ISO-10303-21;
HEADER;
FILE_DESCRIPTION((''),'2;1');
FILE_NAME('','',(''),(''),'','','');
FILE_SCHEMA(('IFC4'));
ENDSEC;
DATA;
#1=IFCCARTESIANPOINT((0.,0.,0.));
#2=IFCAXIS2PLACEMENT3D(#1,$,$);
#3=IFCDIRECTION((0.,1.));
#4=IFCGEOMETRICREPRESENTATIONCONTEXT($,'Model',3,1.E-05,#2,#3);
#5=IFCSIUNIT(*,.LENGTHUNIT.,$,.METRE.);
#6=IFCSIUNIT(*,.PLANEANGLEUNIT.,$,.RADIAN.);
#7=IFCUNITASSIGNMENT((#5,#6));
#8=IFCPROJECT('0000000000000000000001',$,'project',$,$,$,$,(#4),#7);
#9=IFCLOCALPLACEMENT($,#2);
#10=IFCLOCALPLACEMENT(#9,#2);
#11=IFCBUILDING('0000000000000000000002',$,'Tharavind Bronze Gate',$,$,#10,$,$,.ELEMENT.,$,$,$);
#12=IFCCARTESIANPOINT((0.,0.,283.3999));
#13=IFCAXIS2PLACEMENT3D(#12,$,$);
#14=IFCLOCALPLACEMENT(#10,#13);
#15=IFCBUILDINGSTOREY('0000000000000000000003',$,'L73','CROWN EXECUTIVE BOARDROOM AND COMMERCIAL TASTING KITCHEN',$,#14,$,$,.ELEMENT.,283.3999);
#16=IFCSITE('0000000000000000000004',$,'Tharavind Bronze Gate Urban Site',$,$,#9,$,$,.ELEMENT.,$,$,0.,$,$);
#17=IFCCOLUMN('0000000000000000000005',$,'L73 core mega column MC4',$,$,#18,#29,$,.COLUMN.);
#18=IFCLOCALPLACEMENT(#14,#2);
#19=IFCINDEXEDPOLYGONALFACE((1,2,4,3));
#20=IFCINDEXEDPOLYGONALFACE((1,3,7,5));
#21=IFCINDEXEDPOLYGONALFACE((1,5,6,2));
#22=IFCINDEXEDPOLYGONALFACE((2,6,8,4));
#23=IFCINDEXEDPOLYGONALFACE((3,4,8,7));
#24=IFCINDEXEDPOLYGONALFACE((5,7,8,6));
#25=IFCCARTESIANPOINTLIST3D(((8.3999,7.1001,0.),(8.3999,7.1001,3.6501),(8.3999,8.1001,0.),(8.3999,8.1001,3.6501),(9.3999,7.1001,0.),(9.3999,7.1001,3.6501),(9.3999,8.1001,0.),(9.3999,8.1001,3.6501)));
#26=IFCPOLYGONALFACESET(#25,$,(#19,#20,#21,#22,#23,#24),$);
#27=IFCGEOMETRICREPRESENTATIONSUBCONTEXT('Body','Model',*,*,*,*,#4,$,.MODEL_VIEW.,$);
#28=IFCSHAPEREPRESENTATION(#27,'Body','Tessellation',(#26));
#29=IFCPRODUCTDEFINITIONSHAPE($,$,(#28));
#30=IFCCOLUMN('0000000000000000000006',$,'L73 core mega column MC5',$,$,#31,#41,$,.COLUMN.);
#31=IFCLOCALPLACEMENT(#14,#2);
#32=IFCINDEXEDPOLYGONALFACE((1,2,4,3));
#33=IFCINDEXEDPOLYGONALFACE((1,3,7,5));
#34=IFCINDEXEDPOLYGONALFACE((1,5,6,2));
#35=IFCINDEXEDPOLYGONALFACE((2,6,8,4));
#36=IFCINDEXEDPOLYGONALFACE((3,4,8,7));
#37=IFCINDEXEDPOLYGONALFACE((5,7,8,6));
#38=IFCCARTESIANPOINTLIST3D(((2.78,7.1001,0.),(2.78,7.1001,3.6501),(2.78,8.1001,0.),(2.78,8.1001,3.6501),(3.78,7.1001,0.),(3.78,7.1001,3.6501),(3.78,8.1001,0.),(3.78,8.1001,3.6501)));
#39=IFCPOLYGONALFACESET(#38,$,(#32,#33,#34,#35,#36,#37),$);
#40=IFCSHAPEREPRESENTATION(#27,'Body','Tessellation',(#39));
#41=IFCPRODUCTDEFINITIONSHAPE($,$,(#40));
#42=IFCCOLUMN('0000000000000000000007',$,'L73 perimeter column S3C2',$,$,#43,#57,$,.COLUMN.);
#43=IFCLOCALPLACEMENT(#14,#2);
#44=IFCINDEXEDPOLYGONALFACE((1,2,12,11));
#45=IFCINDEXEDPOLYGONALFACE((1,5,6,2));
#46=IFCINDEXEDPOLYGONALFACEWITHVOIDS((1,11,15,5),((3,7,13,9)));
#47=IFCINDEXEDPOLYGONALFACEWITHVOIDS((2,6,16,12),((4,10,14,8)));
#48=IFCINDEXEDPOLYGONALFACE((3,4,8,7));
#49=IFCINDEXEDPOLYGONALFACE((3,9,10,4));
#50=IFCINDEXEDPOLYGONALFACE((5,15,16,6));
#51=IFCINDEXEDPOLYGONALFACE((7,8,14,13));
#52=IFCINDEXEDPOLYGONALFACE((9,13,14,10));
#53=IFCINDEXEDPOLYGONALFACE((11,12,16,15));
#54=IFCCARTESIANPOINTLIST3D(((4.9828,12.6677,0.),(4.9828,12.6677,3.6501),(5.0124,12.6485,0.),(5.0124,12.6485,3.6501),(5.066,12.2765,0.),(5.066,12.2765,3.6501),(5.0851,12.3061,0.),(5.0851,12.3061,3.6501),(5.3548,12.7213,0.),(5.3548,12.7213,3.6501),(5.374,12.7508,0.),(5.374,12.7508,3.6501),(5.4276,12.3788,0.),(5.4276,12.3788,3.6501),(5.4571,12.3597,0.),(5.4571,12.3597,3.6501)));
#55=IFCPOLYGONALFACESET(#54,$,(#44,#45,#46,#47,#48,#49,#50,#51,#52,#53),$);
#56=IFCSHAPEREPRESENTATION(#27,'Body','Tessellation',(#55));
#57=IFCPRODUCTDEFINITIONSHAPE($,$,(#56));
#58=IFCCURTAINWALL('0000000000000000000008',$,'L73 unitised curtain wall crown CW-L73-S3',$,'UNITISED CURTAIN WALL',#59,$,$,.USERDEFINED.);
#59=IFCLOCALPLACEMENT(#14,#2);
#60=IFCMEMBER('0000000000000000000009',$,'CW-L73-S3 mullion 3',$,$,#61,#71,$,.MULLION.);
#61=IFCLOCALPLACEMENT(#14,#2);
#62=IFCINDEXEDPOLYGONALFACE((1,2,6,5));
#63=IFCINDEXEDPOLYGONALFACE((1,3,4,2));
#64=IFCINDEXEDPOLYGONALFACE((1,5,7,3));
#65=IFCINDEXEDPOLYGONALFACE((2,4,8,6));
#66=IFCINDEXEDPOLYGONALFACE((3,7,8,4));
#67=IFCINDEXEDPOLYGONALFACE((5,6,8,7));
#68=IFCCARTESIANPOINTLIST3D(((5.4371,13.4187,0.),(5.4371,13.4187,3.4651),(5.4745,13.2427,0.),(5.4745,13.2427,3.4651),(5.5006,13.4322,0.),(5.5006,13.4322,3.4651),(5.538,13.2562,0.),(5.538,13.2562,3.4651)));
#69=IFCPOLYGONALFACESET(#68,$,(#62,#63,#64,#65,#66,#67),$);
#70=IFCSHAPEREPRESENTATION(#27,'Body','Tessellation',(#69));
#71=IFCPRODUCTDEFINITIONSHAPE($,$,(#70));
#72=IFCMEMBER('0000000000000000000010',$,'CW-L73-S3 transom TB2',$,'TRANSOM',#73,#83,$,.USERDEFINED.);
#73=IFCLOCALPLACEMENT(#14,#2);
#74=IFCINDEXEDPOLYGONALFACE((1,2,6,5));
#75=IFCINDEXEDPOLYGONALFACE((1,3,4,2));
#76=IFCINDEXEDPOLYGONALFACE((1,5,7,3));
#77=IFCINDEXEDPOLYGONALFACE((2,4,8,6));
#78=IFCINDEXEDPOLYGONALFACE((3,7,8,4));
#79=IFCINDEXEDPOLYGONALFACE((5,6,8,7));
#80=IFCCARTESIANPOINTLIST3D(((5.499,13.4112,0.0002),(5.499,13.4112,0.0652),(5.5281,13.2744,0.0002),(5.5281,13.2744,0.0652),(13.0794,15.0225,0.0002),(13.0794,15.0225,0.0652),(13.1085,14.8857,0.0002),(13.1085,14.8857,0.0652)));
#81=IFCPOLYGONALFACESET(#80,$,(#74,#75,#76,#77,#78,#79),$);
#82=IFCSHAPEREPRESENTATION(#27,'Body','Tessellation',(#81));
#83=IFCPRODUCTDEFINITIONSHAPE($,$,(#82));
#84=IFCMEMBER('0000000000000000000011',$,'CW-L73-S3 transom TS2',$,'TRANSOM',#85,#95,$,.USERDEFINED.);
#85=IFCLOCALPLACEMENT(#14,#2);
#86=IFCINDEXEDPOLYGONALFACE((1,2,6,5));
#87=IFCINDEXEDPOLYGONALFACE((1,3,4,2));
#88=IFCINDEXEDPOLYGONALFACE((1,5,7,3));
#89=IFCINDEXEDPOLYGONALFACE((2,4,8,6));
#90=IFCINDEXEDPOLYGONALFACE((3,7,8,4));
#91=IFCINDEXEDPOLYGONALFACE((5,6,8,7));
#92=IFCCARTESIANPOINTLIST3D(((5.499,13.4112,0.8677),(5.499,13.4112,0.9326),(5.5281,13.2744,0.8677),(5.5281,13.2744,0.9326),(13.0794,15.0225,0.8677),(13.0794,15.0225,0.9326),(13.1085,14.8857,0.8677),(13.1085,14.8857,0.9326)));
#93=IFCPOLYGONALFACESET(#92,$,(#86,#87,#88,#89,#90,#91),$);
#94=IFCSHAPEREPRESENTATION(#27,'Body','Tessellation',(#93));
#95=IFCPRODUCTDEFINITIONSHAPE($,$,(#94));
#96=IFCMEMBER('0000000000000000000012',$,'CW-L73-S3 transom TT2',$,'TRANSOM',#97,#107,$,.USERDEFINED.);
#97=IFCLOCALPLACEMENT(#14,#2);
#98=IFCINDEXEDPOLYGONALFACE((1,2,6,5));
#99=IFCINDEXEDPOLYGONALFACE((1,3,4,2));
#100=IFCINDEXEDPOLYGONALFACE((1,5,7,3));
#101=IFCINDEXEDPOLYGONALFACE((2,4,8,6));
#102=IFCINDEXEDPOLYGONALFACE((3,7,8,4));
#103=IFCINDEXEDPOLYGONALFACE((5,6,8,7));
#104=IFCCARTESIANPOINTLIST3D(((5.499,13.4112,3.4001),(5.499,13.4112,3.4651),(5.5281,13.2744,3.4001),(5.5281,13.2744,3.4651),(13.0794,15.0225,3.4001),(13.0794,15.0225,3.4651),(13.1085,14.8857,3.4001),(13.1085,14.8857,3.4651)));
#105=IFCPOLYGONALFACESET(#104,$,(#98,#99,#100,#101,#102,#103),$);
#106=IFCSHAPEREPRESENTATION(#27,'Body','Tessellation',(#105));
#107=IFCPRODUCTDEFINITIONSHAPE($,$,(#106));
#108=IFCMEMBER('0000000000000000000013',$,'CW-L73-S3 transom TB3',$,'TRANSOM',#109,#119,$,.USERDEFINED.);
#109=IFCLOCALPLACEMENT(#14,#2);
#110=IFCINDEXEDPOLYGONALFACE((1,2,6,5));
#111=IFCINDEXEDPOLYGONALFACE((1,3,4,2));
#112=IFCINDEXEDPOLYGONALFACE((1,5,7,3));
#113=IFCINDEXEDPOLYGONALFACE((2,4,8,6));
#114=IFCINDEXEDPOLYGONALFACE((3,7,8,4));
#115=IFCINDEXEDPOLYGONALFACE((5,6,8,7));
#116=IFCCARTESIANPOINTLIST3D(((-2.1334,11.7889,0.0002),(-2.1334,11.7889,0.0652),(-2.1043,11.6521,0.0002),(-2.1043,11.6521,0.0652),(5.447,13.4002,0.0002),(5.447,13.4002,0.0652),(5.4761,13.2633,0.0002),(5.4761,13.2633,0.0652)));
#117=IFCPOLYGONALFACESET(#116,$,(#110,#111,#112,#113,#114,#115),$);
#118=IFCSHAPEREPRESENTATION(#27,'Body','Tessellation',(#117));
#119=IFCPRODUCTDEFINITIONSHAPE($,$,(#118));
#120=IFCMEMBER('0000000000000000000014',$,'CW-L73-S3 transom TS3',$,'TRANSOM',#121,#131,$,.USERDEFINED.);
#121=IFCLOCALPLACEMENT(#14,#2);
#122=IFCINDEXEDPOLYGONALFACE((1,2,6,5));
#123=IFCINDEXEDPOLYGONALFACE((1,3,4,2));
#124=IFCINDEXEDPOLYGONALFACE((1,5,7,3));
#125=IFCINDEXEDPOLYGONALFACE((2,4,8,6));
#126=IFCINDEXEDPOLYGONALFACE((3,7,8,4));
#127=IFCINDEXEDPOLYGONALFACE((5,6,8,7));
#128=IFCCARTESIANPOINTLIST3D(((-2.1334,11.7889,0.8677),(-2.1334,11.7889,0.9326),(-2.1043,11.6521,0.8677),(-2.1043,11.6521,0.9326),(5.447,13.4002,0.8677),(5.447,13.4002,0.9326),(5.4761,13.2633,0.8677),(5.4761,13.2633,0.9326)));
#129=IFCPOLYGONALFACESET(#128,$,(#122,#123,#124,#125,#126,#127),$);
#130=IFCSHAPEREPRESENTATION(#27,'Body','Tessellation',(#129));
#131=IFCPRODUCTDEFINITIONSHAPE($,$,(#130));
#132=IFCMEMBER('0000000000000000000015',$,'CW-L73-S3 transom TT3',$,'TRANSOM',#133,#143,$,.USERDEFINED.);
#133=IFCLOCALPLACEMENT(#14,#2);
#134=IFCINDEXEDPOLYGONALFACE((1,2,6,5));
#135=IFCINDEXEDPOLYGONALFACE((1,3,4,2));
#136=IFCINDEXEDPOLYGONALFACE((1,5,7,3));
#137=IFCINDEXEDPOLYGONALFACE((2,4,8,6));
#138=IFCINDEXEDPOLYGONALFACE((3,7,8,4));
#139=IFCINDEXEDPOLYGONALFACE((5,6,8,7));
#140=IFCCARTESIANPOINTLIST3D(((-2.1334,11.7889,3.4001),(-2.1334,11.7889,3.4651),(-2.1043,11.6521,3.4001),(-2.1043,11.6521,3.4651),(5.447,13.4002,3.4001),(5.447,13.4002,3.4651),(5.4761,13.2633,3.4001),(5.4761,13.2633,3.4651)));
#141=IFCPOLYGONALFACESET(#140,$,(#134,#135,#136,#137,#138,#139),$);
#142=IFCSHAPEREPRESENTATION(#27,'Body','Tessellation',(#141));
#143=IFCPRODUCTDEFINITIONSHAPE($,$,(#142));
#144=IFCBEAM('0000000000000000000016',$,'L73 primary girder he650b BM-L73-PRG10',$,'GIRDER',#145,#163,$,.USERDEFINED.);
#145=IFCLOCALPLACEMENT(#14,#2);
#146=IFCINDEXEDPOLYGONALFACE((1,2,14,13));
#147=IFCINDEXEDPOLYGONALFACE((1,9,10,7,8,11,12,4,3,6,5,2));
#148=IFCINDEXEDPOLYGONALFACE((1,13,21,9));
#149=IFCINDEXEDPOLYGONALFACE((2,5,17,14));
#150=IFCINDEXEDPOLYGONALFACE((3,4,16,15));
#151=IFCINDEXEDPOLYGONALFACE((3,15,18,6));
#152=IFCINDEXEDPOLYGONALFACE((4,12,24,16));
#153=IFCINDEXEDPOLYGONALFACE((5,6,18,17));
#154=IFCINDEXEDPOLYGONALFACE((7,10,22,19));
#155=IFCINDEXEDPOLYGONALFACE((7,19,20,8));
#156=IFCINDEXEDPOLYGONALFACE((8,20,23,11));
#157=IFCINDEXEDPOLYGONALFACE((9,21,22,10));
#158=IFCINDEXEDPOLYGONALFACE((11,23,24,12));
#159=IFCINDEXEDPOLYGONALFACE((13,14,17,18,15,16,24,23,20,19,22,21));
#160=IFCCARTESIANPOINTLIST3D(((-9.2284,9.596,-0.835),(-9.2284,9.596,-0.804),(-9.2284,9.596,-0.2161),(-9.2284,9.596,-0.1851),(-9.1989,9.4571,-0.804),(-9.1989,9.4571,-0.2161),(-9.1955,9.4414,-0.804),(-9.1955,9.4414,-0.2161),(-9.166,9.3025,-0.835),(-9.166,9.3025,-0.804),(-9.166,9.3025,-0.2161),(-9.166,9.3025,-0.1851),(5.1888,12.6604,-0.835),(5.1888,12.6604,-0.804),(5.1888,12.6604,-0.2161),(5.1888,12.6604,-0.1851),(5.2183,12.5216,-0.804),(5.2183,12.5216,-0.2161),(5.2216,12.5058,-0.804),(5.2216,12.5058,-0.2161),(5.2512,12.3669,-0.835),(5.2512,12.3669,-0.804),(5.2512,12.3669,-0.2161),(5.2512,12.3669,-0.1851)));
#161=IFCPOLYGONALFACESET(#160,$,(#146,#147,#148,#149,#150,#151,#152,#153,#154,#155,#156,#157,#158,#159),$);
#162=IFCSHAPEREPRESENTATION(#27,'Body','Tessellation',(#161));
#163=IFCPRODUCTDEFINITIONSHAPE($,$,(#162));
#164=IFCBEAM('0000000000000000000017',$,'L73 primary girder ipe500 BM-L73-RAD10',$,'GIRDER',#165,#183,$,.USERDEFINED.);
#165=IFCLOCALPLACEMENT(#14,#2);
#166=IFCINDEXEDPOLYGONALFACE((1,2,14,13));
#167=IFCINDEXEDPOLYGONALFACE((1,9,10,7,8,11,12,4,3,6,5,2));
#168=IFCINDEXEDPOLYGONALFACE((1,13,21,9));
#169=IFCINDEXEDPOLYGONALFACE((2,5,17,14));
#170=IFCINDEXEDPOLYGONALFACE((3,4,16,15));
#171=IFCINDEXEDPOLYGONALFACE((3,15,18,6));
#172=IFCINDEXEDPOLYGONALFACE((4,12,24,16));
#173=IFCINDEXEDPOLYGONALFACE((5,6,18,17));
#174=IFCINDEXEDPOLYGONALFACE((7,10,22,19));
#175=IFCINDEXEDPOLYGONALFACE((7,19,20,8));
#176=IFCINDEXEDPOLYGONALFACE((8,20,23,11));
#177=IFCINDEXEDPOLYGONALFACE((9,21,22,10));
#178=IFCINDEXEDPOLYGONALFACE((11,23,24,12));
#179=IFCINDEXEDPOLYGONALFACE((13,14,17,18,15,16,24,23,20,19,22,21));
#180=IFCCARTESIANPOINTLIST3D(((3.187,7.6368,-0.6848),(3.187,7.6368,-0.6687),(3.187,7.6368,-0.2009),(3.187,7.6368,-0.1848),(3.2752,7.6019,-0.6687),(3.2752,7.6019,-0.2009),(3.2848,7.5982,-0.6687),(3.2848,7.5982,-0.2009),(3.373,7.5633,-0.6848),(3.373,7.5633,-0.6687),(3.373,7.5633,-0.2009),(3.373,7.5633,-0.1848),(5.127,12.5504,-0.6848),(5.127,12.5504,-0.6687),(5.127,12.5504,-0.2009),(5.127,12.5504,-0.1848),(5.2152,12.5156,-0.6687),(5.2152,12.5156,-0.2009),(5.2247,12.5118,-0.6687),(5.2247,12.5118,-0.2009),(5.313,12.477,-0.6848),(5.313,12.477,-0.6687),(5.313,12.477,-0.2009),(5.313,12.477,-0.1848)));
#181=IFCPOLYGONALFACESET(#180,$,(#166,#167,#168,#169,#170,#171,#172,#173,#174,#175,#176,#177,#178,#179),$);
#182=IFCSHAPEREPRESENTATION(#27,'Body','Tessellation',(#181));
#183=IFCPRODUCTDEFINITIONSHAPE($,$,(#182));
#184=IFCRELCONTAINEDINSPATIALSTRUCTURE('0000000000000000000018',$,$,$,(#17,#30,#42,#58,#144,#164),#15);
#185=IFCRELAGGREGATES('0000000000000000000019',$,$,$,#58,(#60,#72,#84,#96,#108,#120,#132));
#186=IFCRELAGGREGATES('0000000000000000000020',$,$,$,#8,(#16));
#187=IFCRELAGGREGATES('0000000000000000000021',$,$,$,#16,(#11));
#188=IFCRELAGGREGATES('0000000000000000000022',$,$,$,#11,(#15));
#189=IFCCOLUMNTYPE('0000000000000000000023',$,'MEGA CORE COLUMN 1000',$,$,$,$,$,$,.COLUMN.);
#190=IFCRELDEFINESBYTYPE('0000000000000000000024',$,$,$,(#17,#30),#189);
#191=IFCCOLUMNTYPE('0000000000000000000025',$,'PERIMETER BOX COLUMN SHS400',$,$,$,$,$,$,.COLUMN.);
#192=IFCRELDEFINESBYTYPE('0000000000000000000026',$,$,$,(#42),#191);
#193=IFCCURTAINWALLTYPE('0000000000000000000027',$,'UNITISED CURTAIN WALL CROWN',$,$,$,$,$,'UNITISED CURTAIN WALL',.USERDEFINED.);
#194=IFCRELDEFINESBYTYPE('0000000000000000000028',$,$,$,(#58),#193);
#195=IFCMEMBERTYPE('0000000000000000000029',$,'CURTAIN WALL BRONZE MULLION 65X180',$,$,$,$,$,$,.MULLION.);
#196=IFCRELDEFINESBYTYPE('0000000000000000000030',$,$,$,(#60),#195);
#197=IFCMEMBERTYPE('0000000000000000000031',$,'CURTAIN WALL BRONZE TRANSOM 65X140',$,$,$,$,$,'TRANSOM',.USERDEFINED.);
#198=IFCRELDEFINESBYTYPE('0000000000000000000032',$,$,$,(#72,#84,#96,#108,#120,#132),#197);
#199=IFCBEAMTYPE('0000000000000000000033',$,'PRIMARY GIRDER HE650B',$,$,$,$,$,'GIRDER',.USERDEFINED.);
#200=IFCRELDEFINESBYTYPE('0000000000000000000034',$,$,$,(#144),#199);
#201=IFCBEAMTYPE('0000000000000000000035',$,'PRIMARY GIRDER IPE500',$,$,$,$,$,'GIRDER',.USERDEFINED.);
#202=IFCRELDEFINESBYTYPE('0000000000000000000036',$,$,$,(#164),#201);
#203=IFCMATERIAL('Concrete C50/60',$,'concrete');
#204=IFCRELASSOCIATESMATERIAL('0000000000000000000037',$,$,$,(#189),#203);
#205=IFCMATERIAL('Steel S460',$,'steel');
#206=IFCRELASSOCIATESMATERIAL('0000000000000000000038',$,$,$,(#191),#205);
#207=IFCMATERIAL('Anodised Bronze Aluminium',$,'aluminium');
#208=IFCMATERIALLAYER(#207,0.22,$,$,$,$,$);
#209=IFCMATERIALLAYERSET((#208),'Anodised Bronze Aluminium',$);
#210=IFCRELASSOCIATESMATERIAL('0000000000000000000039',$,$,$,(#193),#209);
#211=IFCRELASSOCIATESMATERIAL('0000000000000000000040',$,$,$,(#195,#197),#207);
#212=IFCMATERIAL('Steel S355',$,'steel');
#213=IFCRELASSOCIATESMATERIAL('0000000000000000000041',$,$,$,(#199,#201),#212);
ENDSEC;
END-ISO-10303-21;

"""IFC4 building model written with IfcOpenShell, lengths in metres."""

from ifc_helpers import new_model, si_unit, direction, frame, origin, origin_2d, place, context, subcontext, project, spatial, rectangle, hollow_rectangle, i_section, extrude, material, layer, layer_set, material_profile, profile_set, type_object, element, aggregate, save


model = new_model("IFC4")

# Units and contexts
model_context = context("Model", 3, precision=1e-05, world=origin(), true_north=direction((0.0, 1.0)))
body_context = subcontext(model_context, "Body", "Model", "MODEL_VIEW")
ifc_project = project(units=[si_unit("LENGTHUNIT", "METRE"), si_unit("PLANEANGLEUNIT", "RADIAN")], contexts=[model_context])

# Site, building, storey
site_placement = place(None, origin())
site = spatial("IfcSite", under=ifc_project, at=site_placement, Name="Tharavind Bronze Gate Urban Site", CompositionType="ELEMENT", RefElevation=0.0)
building_placement = place(site_placement, origin())
building = spatial("IfcBuilding", under=site, at=building_placement, Name="Tharavind Bronze Gate", CompositionType="ELEMENT")
storey_placement = place(building_placement, frame((0.0, 0.0, 283.3999)))
storey = spatial("IfcBuildingStorey", under=building, at=storey_placement, Name="L73", Description="CROWN EXECUTIVE BOARDROOM AND COMMERCIAL TASTING KITCHEN", CompositionType="ELEMENT", Elevation=283.3999)

# Columns
ifc_material_1 = material(Name="Concrete C50/60", Category="concrete")
ifc_material_profile_1 = material_profile(ifc_material_1, rectangle(XDim=1.0, YDim=1.0, at=origin_2d()), Name="RCCOL1000")
ifc_profile_set_1 = profile_set([ifc_material_profile_1], Name="Concrete C50/60")
column_type_1 = type_object("IfcColumnType", Name="MEGA CORE COLUMN 1000", PredefinedType="COLUMN", material=ifc_profile_set_1)
for number, where, z_axis, x_axis, name in (
    (1, (8.8999, 7.6001, 0.0), (0.0, 0.0, 1.0), (1.0, 0.0, 0.0), "L73 core mega column MC4"),
    (2, (3.28, 7.6001, 0.0), (0.0, 0.0, 1.0), (1.0, 0.0, 0.0), "L73 core mega column MC5"),
):
    element("IfcColumn", number, at=place(storey_placement, frame(where, z_axis=z_axis, x_axis=x_axis)), inside=storey, type_object=column_type_1, Name=name, PredefinedType="COLUMN", context=body_context, shape_type="SweptSolid", body=[
        extrude(rectangle(XDim=1.0, YDim=1.0, at=origin_2d()), origin(), (0.0, 0.0, 1.0), 3.6501),
    ])
ifc_material_2 = material(Name="Steel S460", Category="steel")
ifc_material_profile_2 = material_profile(ifc_material_2, hollow_rectangle(XDim=0.3999, YDim=0.3999, WallThickness=0.0249, at=origin_2d()), Name="SHS400X25")
ifc_profile_set_2 = profile_set([ifc_material_profile_2], Name="Steel S460")
column_type_2 = type_object("IfcColumnType", Name="PERIMETER BOX COLUMN SHS400", PredefinedType="COLUMN", material=ifc_profile_set_2)
column_placement = place(storey_placement, frame((5.22, 12.5137, 0.0), z_axis=(0.0, 0.0, 1.0), x_axis=(0.978147, 0.207913, 0.0)))
element("IfcColumn", 3, at=column_placement, inside=storey, type_object=column_type_2, Name="L73 perimeter column S3C2", PredefinedType="COLUMN", context=body_context, shape_type="SweptSolid", body=[
    extrude(hollow_rectangle(XDim=0.3999, YDim=0.3999, WallThickness=0.0249, at=origin_2d()), origin(), (0.0, 0.0, 1.0), 3.6501),
])

# Curtain wall, members
ifc_material_3 = material(Name="Anodised Bronze Aluminium", Category="aluminium")
ifc_layer_1 = layer(ifc_material_3, 0.22)
ifc_layer_set_1 = layer_set([ifc_layer_1], Name="Anodised Bronze Aluminium")
curtain_wall_type = type_object("IfcCurtainWallType", Name="UNITISED CURTAIN WALL CROWN", ElementType="UNITISED CURTAIN WALL", PredefinedType="USERDEFINED", material=ifc_layer_set_1)
curtain_wall_placement = place(storey_placement, origin())
curtain_wall = element("IfcCurtainWall", 4, at=curtain_wall_placement, inside=storey, type_object=curtain_wall_type, Name="L73 unitised curtain wall crown CW-L73-S3", ObjectType="UNITISED CURTAIN WALL", PredefinedType="USERDEFINED")
member_type_1 = type_object("IfcMemberType", Name="CURTAIN WALL BRONZE MULLION 65X180", PredefinedType="MULLION", material=ifc_material_3)
member_1_placement = place(storey_placement, frame((5.4875, 13.3374, 0.0), z_axis=(0.0, 0.0, 1.0), x_axis=(-0.978147, -0.207913, 0.0)))
member_1 = element("IfcMember", 5, at=member_1_placement, type_object=member_type_1, Name="CW-L73-S3 mullion 3", PredefinedType="MULLION", context=body_context, shape_type="SweptSolid", body=[
    extrude(rectangle(XDim=0.0649, YDim=0.1799, at=origin_2d()), origin(), (0.0, 0.0, 1.0), 3.4651),
])
member_type_2 = type_object("IfcMemberType", Name="CURTAIN WALL BRONZE TRANSOM 65X140", ElementType="TRANSOM", PredefinedType="USERDEFINED", material=ifc_material_3)
member_2_placement = place(storey_placement, frame((9.3037, 14.1484, 0.0002), z_axis=(0.0, 0.0, 1.0), x_axis=(-0.978147, -0.207913, 0.0)))
member_2 = element("IfcMember", 6, at=member_2_placement, type_object=member_type_2, Name="CW-L73-S3 transom TB2", ObjectType="TRANSOM", PredefinedType="USERDEFINED", context=body_context, shape_type="SweptSolid", body=[
    extrude(rectangle(XDim=7.7498, YDim=0.1399, at=origin_2d()), origin(), (0.0, 0.0, 1.0), 0.0649),
])
member_3_placement = place(storey_placement, frame((9.3037, 14.1484, 0.8677), z_axis=(0.0, 0.0, 1.0), x_axis=(-0.978147, -0.207913, 0.0)))
member_3 = element("IfcMember", 7, at=member_3_placement, type_object=member_type_2, Name="CW-L73-S3 transom TS2", ObjectType="TRANSOM", PredefinedType="USERDEFINED", context=body_context, shape_type="SweptSolid", body=[
    extrude(rectangle(XDim=7.7498, YDim=0.1399, at=origin_2d()), origin(), (0.0, 0.0, 1.0), 0.0649),
])
member_4_placement = place(storey_placement, frame((9.3037, 14.1484, 3.4001), z_axis=(0.0, 0.0, 1.0), x_axis=(-0.978147, -0.207913, 0.0)))
member_4 = element("IfcMember", 8, at=member_4_placement, type_object=member_type_2, Name="CW-L73-S3 transom TT2", ObjectType="TRANSOM", PredefinedType="USERDEFINED", context=body_context, shape_type="SweptSolid", body=[
    extrude(rectangle(XDim=7.7498, YDim=0.1399, at=origin_2d()), origin(), (0.0, 0.0, 1.0), 0.0649),
])
member_5_placement = place(storey_placement, frame((1.6714, 12.5261, 0.0002), z_axis=(0.0, 0.0, 1.0), x_axis=(-0.978147, -0.207913, 0.0)))
member_5 = element("IfcMember", 9, at=member_5_placement, type_object=member_type_2, Name="CW-L73-S3 transom TB3", ObjectType="TRANSOM", PredefinedType="USERDEFINED", context=body_context, shape_type="SweptSolid", body=[
    extrude(rectangle(XDim=7.7498, YDim=0.1399, at=origin_2d()), origin(), (0.0, 0.0, 1.0), 0.0649),
])
member_6_placement = place(storey_placement, frame((1.6714, 12.5261, 0.8677), z_axis=(0.0, 0.0, 1.0), x_axis=(-0.978147, -0.207913, 0.0)))
member_6 = element("IfcMember", 10, at=member_6_placement, type_object=member_type_2, Name="CW-L73-S3 transom TS3", ObjectType="TRANSOM", PredefinedType="USERDEFINED", context=body_context, shape_type="SweptSolid", body=[
    extrude(rectangle(XDim=7.7498, YDim=0.1399, at=origin_2d()), origin(), (0.0, 0.0, 1.0), 0.0649),
])
member_7_placement = place(storey_placement, frame((1.6714, 12.5261, 3.4001), z_axis=(0.0, 0.0, 1.0), x_axis=(-0.978147, -0.207913, 0.0)))
member_7 = element("IfcMember", 11, at=member_7_placement, type_object=member_type_2, Name="CW-L73-S3 transom TT3", ObjectType="TRANSOM", PredefinedType="USERDEFINED", context=body_context, shape_type="SweptSolid", body=[
    extrude(rectangle(XDim=7.7498, YDim=0.1399, at=origin_2d()), origin(), (0.0, 0.0, 1.0), 0.0649),
])

# Beams
ifc_material_4 = material(Name="Steel S355", Category="steel")
ifc_material_profile_3 = material_profile(ifc_material_4, i_section(OverallWidth=0.3, OverallDepth=0.6499, WebThickness=0.0161, FlangeThickness=0.031, at=origin_2d()), Name="HE650B")
ifc_profile_set_3 = profile_set([ifc_material_profile_3], Name="Steel S355")
beam_type_1 = type_object("IfcBeamType", Name="PRIMARY GIRDER HE650B", ElementType="GIRDER", PredefinedType="USERDEFINED", material=ifc_profile_set_3)
beam_1_placement = place(storey_placement, frame((5.22, 12.5137, -0.51), z_axis=(-0.978148, -0.20791, 0.0), x_axis=(0.20791, -0.978148, 0.0)))
element("IfcBeam", 12, at=beam_1_placement, inside=storey, type_object=beam_type_1, Name="L73 primary girder he650b BM-L73-PRG10", ObjectType="GIRDER", PredefinedType="USERDEFINED", context=body_context, shape_type="SweptSolid", body=[
    extrude(i_section(OverallWidth=0.3, OverallDepth=0.6499, WebThickness=0.0161, FlangeThickness=0.031, at=origin_2d()), origin(), (0.0, 0.0, 1.0), 14.7393),
])
ifc_material_profile_4 = material_profile(ifc_material_4, i_section(OverallWidth=0.2, OverallDepth=0.5, WebThickness=0.0103, FlangeThickness=0.0161, at=origin_2d()), Name="IPE500")
ifc_profile_set_4 = profile_set([ifc_material_profile_4], Name="Steel S355")
beam_type_2 = type_object("IfcBeamType", Name="PRIMARY GIRDER IPE500", ElementType="GIRDER", PredefinedType="USERDEFINED", material=ifc_profile_set_4)
beam_2_placement = place(storey_placement, frame((5.22, 12.5137, -0.4348), z_axis=(-0.367228, -0.930131, 0.0), x_axis=(0.930131, -0.367228, 0.0)))
element("IfcBeam", 13, at=beam_2_placement, inside=storey, type_object=beam_type_2, Name="L73 primary girder ipe500 BM-L73-RAD10", ObjectType="GIRDER", PredefinedType="USERDEFINED", context=body_context, shape_type="SweptSolid", body=[
    extrude(i_section(OverallWidth=0.2, OverallDepth=0.5, WebThickness=0.0103, FlangeThickness=0.0161, at=origin_2d()), origin(), (0.0, 0.0, 1.0), 5.2827),
])

aggregate(curtain_wall, [member_1, member_2, member_3, member_4, member_5, member_6, member_7])

save(model, "model.ifc")
